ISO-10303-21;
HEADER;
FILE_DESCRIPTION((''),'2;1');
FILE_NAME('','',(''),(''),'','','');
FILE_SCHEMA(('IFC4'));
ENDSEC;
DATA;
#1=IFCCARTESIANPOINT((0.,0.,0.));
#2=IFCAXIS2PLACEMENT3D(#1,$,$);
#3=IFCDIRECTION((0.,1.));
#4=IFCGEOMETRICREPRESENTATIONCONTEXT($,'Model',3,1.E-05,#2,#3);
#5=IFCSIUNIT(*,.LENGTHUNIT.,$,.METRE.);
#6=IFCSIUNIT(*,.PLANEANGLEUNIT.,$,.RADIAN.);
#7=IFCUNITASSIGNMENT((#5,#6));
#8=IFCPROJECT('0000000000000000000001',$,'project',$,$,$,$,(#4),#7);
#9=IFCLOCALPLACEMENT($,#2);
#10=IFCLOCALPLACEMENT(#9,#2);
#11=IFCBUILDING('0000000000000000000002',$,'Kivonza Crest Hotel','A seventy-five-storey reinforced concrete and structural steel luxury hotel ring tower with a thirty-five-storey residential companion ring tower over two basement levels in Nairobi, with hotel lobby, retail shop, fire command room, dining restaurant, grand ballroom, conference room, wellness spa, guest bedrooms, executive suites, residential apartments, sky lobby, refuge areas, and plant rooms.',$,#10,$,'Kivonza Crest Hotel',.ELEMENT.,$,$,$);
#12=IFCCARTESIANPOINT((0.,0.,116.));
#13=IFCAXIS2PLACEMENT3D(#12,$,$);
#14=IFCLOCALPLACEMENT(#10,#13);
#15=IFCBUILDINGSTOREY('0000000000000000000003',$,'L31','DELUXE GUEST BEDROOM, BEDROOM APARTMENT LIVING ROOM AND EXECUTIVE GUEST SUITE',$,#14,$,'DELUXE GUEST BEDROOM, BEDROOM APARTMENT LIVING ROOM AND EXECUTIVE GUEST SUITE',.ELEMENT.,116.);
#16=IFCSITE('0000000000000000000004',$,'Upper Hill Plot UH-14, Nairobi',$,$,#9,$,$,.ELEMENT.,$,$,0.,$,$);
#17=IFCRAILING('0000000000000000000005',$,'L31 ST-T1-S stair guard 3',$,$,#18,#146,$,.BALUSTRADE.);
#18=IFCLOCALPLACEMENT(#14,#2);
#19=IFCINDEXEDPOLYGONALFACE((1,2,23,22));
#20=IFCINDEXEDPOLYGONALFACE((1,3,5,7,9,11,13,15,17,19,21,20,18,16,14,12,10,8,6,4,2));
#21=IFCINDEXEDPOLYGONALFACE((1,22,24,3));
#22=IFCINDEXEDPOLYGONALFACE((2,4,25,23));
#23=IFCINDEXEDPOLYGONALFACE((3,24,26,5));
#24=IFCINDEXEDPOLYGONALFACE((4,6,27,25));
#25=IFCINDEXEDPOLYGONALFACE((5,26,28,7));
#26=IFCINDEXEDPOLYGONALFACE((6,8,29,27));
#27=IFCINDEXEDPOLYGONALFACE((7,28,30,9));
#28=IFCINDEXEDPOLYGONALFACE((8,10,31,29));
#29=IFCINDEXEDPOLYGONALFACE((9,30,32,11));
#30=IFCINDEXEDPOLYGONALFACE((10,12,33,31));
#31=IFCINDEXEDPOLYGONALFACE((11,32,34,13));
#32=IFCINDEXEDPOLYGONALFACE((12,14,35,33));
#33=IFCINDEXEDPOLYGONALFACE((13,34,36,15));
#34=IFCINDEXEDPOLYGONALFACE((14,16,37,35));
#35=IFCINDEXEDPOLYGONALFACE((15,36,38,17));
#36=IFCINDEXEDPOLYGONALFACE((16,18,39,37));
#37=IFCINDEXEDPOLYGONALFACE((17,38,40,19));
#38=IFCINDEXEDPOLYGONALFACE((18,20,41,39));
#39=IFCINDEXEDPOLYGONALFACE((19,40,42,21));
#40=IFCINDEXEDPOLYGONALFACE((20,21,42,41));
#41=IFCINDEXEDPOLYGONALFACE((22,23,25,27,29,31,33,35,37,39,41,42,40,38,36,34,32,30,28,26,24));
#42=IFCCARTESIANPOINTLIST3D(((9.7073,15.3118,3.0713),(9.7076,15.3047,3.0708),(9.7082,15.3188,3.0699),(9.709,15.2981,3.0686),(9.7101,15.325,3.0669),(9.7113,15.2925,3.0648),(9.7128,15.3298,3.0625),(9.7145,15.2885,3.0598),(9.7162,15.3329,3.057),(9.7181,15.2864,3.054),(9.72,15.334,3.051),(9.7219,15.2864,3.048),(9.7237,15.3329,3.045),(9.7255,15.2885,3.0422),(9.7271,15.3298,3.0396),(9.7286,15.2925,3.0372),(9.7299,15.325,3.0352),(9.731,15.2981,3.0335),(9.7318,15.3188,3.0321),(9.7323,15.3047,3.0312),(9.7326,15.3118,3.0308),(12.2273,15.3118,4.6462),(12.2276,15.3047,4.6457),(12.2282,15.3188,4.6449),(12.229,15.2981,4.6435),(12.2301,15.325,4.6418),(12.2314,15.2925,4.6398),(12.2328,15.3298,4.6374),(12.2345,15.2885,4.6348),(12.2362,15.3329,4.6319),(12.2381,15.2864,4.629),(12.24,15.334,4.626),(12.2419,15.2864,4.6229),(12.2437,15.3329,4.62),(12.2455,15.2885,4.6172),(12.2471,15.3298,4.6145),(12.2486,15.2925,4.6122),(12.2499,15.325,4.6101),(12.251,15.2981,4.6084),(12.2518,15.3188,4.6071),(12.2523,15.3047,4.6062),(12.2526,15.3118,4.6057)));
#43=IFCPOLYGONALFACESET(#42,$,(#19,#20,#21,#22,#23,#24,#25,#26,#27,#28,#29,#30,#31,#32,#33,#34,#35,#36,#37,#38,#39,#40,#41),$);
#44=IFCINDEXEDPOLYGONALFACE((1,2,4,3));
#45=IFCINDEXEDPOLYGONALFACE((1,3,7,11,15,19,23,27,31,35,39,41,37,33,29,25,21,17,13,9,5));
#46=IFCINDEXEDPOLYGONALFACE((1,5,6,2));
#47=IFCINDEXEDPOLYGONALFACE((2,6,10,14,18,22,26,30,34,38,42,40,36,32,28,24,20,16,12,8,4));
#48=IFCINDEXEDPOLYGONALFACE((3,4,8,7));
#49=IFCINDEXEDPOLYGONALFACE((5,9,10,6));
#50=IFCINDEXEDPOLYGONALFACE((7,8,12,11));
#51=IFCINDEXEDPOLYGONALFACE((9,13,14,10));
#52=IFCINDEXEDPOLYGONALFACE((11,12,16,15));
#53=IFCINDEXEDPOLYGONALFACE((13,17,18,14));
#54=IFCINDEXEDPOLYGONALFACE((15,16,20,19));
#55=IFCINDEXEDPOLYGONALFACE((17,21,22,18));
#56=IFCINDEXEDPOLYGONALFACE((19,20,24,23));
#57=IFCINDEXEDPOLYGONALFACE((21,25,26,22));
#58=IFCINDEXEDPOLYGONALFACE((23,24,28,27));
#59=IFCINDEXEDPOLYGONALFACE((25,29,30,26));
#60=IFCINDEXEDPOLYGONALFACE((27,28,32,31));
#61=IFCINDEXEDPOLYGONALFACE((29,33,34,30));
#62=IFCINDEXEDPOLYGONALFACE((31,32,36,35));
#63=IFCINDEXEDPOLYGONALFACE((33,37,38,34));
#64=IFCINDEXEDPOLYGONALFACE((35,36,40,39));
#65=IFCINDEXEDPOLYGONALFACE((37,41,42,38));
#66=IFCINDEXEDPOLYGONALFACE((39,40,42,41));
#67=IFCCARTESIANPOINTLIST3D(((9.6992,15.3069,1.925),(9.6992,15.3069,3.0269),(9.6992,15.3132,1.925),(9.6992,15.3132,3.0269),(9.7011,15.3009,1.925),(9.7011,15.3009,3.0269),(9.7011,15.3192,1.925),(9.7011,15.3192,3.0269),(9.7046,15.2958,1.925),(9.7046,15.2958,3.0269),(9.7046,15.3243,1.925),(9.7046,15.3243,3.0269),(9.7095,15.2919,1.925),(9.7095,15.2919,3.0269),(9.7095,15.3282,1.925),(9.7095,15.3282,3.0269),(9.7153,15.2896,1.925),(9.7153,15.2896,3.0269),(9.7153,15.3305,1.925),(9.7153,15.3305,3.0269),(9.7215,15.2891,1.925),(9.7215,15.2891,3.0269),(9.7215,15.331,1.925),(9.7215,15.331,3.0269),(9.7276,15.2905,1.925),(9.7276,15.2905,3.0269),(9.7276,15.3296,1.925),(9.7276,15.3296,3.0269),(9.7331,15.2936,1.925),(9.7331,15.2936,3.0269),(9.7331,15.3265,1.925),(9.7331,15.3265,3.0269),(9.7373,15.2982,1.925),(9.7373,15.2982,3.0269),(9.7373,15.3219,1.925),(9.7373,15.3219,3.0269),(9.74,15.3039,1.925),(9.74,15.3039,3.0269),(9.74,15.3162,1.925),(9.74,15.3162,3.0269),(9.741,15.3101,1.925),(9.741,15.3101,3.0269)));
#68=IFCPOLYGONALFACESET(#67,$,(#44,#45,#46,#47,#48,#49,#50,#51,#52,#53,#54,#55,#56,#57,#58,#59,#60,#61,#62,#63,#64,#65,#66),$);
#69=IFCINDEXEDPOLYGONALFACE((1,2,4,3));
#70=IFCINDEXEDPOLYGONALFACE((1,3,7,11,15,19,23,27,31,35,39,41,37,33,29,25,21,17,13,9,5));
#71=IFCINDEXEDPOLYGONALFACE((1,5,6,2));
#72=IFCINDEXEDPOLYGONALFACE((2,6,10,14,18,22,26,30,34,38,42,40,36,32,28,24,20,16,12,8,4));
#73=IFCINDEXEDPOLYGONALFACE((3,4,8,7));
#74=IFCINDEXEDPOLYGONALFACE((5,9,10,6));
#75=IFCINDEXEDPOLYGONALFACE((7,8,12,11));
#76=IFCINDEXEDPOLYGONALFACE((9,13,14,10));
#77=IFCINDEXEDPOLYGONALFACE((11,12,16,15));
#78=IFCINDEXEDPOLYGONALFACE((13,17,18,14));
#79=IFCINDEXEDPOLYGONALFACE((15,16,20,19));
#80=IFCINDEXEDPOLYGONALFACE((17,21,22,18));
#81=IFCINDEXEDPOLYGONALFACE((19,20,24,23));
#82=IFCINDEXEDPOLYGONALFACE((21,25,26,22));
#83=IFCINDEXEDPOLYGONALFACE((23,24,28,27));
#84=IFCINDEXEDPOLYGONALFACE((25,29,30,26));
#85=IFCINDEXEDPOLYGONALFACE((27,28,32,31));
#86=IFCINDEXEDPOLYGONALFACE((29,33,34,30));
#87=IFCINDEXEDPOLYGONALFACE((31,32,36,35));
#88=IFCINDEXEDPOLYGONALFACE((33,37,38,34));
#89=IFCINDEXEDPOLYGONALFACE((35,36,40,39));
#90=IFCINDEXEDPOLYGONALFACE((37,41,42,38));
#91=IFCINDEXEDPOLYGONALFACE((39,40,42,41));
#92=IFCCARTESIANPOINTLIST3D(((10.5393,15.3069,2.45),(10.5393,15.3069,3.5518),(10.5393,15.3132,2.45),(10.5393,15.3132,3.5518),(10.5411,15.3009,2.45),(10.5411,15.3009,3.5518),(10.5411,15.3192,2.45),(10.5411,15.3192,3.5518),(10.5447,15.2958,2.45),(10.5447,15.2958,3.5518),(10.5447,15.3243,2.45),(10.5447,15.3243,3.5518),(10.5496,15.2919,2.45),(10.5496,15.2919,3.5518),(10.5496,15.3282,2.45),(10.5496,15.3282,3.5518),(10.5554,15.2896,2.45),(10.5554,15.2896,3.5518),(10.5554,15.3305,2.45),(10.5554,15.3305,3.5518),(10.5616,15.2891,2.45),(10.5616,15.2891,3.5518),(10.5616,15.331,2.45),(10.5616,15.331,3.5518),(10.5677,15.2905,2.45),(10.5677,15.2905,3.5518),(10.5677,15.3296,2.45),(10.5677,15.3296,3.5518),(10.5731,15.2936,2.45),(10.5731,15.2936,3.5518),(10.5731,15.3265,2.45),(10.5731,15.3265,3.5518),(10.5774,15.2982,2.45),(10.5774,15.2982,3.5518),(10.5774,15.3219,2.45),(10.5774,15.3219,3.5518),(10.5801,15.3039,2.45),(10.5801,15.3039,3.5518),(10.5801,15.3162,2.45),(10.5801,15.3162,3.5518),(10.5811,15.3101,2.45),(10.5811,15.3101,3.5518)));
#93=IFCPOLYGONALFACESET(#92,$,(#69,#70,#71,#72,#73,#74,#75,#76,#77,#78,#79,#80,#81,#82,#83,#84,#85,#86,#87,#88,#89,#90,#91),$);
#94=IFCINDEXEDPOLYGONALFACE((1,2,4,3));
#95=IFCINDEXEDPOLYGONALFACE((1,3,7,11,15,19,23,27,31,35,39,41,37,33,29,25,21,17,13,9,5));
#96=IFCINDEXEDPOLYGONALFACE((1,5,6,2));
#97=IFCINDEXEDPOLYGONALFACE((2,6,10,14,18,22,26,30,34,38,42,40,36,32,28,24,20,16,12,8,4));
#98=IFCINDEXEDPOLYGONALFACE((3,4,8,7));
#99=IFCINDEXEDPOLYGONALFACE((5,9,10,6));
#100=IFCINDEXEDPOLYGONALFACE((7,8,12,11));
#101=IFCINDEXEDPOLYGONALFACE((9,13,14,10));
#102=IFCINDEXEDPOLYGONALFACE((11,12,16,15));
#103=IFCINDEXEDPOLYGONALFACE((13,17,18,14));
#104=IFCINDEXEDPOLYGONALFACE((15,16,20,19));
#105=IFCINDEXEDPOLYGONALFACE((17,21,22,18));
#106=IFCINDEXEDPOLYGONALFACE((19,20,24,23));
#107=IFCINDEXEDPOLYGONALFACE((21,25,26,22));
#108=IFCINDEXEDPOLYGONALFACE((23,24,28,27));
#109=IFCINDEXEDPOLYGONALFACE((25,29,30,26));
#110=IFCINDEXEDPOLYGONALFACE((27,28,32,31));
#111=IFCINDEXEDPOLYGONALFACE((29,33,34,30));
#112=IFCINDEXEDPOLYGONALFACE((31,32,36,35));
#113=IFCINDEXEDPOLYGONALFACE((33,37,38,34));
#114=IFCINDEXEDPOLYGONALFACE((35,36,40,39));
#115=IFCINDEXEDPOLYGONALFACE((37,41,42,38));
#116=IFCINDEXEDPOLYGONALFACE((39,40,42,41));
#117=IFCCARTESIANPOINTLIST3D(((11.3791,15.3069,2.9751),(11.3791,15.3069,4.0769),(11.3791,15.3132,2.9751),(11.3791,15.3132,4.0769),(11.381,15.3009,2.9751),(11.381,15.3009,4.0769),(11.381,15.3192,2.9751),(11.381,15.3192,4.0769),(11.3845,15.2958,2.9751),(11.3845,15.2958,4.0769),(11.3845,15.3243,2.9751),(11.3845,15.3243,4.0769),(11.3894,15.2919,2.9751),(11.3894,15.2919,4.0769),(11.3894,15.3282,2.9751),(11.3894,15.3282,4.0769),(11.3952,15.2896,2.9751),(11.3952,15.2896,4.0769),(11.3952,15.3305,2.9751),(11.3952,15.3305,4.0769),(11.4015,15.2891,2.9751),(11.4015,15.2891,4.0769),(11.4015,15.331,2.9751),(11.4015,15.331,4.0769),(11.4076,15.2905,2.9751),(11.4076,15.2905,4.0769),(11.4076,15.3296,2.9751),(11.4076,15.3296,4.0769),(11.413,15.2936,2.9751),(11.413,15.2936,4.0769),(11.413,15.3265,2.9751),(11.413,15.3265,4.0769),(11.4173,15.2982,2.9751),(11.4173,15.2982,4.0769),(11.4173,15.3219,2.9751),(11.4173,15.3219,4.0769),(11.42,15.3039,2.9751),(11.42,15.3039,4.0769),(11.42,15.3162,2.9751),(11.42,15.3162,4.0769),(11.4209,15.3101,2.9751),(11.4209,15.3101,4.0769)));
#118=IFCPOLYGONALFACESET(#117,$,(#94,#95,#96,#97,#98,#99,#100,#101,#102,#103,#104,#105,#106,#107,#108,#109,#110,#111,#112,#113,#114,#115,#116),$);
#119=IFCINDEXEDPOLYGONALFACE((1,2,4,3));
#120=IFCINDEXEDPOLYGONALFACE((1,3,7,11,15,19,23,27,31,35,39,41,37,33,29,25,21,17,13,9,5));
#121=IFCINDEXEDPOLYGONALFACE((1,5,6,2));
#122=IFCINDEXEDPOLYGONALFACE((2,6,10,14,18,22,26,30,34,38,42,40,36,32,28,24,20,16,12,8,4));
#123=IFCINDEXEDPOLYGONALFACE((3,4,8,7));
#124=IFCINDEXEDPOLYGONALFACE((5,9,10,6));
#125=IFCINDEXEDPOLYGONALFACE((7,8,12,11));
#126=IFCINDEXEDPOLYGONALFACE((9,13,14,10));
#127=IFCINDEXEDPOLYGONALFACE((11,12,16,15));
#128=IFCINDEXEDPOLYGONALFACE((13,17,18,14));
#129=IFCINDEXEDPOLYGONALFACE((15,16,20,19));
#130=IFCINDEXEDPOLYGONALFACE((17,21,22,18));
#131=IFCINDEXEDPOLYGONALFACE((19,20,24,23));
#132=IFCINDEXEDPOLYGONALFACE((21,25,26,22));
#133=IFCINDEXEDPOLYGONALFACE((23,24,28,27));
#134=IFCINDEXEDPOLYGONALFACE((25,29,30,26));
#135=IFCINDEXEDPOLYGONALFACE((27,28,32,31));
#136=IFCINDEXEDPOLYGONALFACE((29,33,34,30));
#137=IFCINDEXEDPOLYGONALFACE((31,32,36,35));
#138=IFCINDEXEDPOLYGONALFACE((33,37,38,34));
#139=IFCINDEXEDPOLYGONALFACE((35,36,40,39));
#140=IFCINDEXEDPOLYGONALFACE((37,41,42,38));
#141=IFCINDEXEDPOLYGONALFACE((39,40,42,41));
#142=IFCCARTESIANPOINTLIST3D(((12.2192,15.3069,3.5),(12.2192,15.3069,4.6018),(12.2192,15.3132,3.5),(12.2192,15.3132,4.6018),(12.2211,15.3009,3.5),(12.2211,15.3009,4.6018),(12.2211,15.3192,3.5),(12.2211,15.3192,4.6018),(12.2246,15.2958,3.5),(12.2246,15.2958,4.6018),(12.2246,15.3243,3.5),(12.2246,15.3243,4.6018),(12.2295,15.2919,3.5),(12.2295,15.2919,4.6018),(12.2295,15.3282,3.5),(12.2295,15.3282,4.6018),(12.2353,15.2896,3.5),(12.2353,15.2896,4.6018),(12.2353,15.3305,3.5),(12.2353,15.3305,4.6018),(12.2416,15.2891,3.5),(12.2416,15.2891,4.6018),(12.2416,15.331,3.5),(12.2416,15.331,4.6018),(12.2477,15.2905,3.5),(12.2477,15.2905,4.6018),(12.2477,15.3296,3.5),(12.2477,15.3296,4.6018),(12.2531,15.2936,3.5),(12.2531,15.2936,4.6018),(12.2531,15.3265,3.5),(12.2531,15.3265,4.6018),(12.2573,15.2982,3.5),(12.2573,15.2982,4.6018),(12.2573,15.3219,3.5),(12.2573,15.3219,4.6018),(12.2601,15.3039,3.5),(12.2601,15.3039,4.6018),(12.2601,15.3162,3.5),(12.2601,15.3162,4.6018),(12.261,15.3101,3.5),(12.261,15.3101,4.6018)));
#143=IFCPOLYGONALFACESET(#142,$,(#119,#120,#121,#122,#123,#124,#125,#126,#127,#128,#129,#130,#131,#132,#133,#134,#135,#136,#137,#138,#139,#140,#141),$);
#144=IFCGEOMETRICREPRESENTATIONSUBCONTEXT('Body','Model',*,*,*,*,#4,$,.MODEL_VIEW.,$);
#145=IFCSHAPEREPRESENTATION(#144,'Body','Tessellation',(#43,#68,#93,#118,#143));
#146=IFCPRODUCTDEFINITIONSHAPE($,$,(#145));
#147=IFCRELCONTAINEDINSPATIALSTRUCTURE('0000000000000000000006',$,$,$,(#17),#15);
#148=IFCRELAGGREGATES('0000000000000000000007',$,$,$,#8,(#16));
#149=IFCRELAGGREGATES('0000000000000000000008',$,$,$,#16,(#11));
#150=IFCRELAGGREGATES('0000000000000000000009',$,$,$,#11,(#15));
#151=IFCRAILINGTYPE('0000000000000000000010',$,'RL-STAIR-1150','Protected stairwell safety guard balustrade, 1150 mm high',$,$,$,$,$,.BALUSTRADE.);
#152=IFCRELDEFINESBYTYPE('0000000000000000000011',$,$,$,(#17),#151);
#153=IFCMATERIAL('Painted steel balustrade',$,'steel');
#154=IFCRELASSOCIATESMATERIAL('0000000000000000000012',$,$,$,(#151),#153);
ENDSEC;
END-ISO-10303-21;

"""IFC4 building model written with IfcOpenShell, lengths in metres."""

from ifc_helpers import new_model, si_unit, direction, frame, origin, origin_2d, place, context, subcontext, project, spatial, circle, extrude, material, type_object, element, save


model = new_model("IFC4")

# Units and contexts
model_context = context("Model", 3, precision=1e-05, world=origin(), true_north=direction((0.0, 1.0)))
body_context = subcontext(model_context, "Body", "Model", "MODEL_VIEW")
ifc_project = project(units=[si_unit("LENGTHUNIT", "METRE"), si_unit("PLANEANGLEUNIT", "RADIAN")], contexts=[model_context])

# Site, building, storey
site_placement = place(None, origin())
site = spatial("IfcSite", under=ifc_project, at=site_placement, Name="Upper Hill Plot UH-14, Nairobi", CompositionType="ELEMENT", RefElevation=0.0)
building_placement = place(site_placement, origin())
building = spatial("IfcBuilding", under=site, at=building_placement, Name="Kivonza Crest Hotel", Description="A seventy-five-storey reinforced concrete and structural steel luxury hotel ring tower with a thirty-five-storey residential companion ring tower over two basement levels in Nairobi, with hotel lobby, retail shop, fire command room, dining restaurant, grand ballroom, conference room, wellness spa, guest bedrooms, executive suites, residential apartments, sky lobby, refuge areas, and plant rooms.", LongName="Kivonza Crest Hotel", CompositionType="ELEMENT")
storey_placement = place(building_placement, frame((0.0, 0.0, 116.0)))
storey = spatial("IfcBuildingStorey", under=building, at=storey_placement, Name="L31", Description="DELUXE GUEST BEDROOM, BEDROOM APARTMENT LIVING ROOM AND EXECUTIVE GUEST SUITE", LongName="DELUXE GUEST BEDROOM, BEDROOM APARTMENT LIVING ROOM AND EXECUTIVE GUEST SUITE", CompositionType="ELEMENT", Elevation=116.0)

# Railing
ifc_material_1 = material(Name="Painted steel balustrade", Category="steel")
railing_type_1 = type_object("IfcRailingType", Name="RL-STAIR-1150", Description="Protected stairwell safety guard balustrade, 1150 mm high", PredefinedType="BALUSTRADE", material=ifc_material_1)
railing_1_placement = place(storey_placement, frame((9.72, 15.3101, 1.925)))
element("IfcRailing", 1, at=railing_1_placement, inside=storey, type_object=railing_type_1, Name="L31 ST-T1-S stair guard 3", PredefinedType="BALUSTRADE", context=body_context, shape_type="SweptSolid", body=[
    extrude(circle(Radius=0.0239, at=origin_2d()), frame((0.0, 0.0, 1.126), z_axis=(0.848008, 0.0, 0.529984), x_axis=(0.0, 1.0, 0.0)), (0.0, 0.0, 1.0), 2.9717),
    extrude(circle(Radius=0.021, at=origin_2d()), origin(), (0.0, 0.0, 1.0), 1.1018),
    extrude(circle(Radius=0.021, at=origin_2d()), frame((0.8401, 0.0, 0.5249)), (0.0, 0.0, 1.0), 1.1018),
    extrude(circle(Radius=0.021, at=origin_2d()), frame((1.6799, 0.0, 1.05)), (0.0, 0.0, 1.0), 1.1018),
    extrude(circle(Radius=0.021, at=origin_2d()), frame((2.52, 0.0, 1.575)), (0.0, 0.0, 1.0), 1.1018),
])

save(model, "model.ifc")
